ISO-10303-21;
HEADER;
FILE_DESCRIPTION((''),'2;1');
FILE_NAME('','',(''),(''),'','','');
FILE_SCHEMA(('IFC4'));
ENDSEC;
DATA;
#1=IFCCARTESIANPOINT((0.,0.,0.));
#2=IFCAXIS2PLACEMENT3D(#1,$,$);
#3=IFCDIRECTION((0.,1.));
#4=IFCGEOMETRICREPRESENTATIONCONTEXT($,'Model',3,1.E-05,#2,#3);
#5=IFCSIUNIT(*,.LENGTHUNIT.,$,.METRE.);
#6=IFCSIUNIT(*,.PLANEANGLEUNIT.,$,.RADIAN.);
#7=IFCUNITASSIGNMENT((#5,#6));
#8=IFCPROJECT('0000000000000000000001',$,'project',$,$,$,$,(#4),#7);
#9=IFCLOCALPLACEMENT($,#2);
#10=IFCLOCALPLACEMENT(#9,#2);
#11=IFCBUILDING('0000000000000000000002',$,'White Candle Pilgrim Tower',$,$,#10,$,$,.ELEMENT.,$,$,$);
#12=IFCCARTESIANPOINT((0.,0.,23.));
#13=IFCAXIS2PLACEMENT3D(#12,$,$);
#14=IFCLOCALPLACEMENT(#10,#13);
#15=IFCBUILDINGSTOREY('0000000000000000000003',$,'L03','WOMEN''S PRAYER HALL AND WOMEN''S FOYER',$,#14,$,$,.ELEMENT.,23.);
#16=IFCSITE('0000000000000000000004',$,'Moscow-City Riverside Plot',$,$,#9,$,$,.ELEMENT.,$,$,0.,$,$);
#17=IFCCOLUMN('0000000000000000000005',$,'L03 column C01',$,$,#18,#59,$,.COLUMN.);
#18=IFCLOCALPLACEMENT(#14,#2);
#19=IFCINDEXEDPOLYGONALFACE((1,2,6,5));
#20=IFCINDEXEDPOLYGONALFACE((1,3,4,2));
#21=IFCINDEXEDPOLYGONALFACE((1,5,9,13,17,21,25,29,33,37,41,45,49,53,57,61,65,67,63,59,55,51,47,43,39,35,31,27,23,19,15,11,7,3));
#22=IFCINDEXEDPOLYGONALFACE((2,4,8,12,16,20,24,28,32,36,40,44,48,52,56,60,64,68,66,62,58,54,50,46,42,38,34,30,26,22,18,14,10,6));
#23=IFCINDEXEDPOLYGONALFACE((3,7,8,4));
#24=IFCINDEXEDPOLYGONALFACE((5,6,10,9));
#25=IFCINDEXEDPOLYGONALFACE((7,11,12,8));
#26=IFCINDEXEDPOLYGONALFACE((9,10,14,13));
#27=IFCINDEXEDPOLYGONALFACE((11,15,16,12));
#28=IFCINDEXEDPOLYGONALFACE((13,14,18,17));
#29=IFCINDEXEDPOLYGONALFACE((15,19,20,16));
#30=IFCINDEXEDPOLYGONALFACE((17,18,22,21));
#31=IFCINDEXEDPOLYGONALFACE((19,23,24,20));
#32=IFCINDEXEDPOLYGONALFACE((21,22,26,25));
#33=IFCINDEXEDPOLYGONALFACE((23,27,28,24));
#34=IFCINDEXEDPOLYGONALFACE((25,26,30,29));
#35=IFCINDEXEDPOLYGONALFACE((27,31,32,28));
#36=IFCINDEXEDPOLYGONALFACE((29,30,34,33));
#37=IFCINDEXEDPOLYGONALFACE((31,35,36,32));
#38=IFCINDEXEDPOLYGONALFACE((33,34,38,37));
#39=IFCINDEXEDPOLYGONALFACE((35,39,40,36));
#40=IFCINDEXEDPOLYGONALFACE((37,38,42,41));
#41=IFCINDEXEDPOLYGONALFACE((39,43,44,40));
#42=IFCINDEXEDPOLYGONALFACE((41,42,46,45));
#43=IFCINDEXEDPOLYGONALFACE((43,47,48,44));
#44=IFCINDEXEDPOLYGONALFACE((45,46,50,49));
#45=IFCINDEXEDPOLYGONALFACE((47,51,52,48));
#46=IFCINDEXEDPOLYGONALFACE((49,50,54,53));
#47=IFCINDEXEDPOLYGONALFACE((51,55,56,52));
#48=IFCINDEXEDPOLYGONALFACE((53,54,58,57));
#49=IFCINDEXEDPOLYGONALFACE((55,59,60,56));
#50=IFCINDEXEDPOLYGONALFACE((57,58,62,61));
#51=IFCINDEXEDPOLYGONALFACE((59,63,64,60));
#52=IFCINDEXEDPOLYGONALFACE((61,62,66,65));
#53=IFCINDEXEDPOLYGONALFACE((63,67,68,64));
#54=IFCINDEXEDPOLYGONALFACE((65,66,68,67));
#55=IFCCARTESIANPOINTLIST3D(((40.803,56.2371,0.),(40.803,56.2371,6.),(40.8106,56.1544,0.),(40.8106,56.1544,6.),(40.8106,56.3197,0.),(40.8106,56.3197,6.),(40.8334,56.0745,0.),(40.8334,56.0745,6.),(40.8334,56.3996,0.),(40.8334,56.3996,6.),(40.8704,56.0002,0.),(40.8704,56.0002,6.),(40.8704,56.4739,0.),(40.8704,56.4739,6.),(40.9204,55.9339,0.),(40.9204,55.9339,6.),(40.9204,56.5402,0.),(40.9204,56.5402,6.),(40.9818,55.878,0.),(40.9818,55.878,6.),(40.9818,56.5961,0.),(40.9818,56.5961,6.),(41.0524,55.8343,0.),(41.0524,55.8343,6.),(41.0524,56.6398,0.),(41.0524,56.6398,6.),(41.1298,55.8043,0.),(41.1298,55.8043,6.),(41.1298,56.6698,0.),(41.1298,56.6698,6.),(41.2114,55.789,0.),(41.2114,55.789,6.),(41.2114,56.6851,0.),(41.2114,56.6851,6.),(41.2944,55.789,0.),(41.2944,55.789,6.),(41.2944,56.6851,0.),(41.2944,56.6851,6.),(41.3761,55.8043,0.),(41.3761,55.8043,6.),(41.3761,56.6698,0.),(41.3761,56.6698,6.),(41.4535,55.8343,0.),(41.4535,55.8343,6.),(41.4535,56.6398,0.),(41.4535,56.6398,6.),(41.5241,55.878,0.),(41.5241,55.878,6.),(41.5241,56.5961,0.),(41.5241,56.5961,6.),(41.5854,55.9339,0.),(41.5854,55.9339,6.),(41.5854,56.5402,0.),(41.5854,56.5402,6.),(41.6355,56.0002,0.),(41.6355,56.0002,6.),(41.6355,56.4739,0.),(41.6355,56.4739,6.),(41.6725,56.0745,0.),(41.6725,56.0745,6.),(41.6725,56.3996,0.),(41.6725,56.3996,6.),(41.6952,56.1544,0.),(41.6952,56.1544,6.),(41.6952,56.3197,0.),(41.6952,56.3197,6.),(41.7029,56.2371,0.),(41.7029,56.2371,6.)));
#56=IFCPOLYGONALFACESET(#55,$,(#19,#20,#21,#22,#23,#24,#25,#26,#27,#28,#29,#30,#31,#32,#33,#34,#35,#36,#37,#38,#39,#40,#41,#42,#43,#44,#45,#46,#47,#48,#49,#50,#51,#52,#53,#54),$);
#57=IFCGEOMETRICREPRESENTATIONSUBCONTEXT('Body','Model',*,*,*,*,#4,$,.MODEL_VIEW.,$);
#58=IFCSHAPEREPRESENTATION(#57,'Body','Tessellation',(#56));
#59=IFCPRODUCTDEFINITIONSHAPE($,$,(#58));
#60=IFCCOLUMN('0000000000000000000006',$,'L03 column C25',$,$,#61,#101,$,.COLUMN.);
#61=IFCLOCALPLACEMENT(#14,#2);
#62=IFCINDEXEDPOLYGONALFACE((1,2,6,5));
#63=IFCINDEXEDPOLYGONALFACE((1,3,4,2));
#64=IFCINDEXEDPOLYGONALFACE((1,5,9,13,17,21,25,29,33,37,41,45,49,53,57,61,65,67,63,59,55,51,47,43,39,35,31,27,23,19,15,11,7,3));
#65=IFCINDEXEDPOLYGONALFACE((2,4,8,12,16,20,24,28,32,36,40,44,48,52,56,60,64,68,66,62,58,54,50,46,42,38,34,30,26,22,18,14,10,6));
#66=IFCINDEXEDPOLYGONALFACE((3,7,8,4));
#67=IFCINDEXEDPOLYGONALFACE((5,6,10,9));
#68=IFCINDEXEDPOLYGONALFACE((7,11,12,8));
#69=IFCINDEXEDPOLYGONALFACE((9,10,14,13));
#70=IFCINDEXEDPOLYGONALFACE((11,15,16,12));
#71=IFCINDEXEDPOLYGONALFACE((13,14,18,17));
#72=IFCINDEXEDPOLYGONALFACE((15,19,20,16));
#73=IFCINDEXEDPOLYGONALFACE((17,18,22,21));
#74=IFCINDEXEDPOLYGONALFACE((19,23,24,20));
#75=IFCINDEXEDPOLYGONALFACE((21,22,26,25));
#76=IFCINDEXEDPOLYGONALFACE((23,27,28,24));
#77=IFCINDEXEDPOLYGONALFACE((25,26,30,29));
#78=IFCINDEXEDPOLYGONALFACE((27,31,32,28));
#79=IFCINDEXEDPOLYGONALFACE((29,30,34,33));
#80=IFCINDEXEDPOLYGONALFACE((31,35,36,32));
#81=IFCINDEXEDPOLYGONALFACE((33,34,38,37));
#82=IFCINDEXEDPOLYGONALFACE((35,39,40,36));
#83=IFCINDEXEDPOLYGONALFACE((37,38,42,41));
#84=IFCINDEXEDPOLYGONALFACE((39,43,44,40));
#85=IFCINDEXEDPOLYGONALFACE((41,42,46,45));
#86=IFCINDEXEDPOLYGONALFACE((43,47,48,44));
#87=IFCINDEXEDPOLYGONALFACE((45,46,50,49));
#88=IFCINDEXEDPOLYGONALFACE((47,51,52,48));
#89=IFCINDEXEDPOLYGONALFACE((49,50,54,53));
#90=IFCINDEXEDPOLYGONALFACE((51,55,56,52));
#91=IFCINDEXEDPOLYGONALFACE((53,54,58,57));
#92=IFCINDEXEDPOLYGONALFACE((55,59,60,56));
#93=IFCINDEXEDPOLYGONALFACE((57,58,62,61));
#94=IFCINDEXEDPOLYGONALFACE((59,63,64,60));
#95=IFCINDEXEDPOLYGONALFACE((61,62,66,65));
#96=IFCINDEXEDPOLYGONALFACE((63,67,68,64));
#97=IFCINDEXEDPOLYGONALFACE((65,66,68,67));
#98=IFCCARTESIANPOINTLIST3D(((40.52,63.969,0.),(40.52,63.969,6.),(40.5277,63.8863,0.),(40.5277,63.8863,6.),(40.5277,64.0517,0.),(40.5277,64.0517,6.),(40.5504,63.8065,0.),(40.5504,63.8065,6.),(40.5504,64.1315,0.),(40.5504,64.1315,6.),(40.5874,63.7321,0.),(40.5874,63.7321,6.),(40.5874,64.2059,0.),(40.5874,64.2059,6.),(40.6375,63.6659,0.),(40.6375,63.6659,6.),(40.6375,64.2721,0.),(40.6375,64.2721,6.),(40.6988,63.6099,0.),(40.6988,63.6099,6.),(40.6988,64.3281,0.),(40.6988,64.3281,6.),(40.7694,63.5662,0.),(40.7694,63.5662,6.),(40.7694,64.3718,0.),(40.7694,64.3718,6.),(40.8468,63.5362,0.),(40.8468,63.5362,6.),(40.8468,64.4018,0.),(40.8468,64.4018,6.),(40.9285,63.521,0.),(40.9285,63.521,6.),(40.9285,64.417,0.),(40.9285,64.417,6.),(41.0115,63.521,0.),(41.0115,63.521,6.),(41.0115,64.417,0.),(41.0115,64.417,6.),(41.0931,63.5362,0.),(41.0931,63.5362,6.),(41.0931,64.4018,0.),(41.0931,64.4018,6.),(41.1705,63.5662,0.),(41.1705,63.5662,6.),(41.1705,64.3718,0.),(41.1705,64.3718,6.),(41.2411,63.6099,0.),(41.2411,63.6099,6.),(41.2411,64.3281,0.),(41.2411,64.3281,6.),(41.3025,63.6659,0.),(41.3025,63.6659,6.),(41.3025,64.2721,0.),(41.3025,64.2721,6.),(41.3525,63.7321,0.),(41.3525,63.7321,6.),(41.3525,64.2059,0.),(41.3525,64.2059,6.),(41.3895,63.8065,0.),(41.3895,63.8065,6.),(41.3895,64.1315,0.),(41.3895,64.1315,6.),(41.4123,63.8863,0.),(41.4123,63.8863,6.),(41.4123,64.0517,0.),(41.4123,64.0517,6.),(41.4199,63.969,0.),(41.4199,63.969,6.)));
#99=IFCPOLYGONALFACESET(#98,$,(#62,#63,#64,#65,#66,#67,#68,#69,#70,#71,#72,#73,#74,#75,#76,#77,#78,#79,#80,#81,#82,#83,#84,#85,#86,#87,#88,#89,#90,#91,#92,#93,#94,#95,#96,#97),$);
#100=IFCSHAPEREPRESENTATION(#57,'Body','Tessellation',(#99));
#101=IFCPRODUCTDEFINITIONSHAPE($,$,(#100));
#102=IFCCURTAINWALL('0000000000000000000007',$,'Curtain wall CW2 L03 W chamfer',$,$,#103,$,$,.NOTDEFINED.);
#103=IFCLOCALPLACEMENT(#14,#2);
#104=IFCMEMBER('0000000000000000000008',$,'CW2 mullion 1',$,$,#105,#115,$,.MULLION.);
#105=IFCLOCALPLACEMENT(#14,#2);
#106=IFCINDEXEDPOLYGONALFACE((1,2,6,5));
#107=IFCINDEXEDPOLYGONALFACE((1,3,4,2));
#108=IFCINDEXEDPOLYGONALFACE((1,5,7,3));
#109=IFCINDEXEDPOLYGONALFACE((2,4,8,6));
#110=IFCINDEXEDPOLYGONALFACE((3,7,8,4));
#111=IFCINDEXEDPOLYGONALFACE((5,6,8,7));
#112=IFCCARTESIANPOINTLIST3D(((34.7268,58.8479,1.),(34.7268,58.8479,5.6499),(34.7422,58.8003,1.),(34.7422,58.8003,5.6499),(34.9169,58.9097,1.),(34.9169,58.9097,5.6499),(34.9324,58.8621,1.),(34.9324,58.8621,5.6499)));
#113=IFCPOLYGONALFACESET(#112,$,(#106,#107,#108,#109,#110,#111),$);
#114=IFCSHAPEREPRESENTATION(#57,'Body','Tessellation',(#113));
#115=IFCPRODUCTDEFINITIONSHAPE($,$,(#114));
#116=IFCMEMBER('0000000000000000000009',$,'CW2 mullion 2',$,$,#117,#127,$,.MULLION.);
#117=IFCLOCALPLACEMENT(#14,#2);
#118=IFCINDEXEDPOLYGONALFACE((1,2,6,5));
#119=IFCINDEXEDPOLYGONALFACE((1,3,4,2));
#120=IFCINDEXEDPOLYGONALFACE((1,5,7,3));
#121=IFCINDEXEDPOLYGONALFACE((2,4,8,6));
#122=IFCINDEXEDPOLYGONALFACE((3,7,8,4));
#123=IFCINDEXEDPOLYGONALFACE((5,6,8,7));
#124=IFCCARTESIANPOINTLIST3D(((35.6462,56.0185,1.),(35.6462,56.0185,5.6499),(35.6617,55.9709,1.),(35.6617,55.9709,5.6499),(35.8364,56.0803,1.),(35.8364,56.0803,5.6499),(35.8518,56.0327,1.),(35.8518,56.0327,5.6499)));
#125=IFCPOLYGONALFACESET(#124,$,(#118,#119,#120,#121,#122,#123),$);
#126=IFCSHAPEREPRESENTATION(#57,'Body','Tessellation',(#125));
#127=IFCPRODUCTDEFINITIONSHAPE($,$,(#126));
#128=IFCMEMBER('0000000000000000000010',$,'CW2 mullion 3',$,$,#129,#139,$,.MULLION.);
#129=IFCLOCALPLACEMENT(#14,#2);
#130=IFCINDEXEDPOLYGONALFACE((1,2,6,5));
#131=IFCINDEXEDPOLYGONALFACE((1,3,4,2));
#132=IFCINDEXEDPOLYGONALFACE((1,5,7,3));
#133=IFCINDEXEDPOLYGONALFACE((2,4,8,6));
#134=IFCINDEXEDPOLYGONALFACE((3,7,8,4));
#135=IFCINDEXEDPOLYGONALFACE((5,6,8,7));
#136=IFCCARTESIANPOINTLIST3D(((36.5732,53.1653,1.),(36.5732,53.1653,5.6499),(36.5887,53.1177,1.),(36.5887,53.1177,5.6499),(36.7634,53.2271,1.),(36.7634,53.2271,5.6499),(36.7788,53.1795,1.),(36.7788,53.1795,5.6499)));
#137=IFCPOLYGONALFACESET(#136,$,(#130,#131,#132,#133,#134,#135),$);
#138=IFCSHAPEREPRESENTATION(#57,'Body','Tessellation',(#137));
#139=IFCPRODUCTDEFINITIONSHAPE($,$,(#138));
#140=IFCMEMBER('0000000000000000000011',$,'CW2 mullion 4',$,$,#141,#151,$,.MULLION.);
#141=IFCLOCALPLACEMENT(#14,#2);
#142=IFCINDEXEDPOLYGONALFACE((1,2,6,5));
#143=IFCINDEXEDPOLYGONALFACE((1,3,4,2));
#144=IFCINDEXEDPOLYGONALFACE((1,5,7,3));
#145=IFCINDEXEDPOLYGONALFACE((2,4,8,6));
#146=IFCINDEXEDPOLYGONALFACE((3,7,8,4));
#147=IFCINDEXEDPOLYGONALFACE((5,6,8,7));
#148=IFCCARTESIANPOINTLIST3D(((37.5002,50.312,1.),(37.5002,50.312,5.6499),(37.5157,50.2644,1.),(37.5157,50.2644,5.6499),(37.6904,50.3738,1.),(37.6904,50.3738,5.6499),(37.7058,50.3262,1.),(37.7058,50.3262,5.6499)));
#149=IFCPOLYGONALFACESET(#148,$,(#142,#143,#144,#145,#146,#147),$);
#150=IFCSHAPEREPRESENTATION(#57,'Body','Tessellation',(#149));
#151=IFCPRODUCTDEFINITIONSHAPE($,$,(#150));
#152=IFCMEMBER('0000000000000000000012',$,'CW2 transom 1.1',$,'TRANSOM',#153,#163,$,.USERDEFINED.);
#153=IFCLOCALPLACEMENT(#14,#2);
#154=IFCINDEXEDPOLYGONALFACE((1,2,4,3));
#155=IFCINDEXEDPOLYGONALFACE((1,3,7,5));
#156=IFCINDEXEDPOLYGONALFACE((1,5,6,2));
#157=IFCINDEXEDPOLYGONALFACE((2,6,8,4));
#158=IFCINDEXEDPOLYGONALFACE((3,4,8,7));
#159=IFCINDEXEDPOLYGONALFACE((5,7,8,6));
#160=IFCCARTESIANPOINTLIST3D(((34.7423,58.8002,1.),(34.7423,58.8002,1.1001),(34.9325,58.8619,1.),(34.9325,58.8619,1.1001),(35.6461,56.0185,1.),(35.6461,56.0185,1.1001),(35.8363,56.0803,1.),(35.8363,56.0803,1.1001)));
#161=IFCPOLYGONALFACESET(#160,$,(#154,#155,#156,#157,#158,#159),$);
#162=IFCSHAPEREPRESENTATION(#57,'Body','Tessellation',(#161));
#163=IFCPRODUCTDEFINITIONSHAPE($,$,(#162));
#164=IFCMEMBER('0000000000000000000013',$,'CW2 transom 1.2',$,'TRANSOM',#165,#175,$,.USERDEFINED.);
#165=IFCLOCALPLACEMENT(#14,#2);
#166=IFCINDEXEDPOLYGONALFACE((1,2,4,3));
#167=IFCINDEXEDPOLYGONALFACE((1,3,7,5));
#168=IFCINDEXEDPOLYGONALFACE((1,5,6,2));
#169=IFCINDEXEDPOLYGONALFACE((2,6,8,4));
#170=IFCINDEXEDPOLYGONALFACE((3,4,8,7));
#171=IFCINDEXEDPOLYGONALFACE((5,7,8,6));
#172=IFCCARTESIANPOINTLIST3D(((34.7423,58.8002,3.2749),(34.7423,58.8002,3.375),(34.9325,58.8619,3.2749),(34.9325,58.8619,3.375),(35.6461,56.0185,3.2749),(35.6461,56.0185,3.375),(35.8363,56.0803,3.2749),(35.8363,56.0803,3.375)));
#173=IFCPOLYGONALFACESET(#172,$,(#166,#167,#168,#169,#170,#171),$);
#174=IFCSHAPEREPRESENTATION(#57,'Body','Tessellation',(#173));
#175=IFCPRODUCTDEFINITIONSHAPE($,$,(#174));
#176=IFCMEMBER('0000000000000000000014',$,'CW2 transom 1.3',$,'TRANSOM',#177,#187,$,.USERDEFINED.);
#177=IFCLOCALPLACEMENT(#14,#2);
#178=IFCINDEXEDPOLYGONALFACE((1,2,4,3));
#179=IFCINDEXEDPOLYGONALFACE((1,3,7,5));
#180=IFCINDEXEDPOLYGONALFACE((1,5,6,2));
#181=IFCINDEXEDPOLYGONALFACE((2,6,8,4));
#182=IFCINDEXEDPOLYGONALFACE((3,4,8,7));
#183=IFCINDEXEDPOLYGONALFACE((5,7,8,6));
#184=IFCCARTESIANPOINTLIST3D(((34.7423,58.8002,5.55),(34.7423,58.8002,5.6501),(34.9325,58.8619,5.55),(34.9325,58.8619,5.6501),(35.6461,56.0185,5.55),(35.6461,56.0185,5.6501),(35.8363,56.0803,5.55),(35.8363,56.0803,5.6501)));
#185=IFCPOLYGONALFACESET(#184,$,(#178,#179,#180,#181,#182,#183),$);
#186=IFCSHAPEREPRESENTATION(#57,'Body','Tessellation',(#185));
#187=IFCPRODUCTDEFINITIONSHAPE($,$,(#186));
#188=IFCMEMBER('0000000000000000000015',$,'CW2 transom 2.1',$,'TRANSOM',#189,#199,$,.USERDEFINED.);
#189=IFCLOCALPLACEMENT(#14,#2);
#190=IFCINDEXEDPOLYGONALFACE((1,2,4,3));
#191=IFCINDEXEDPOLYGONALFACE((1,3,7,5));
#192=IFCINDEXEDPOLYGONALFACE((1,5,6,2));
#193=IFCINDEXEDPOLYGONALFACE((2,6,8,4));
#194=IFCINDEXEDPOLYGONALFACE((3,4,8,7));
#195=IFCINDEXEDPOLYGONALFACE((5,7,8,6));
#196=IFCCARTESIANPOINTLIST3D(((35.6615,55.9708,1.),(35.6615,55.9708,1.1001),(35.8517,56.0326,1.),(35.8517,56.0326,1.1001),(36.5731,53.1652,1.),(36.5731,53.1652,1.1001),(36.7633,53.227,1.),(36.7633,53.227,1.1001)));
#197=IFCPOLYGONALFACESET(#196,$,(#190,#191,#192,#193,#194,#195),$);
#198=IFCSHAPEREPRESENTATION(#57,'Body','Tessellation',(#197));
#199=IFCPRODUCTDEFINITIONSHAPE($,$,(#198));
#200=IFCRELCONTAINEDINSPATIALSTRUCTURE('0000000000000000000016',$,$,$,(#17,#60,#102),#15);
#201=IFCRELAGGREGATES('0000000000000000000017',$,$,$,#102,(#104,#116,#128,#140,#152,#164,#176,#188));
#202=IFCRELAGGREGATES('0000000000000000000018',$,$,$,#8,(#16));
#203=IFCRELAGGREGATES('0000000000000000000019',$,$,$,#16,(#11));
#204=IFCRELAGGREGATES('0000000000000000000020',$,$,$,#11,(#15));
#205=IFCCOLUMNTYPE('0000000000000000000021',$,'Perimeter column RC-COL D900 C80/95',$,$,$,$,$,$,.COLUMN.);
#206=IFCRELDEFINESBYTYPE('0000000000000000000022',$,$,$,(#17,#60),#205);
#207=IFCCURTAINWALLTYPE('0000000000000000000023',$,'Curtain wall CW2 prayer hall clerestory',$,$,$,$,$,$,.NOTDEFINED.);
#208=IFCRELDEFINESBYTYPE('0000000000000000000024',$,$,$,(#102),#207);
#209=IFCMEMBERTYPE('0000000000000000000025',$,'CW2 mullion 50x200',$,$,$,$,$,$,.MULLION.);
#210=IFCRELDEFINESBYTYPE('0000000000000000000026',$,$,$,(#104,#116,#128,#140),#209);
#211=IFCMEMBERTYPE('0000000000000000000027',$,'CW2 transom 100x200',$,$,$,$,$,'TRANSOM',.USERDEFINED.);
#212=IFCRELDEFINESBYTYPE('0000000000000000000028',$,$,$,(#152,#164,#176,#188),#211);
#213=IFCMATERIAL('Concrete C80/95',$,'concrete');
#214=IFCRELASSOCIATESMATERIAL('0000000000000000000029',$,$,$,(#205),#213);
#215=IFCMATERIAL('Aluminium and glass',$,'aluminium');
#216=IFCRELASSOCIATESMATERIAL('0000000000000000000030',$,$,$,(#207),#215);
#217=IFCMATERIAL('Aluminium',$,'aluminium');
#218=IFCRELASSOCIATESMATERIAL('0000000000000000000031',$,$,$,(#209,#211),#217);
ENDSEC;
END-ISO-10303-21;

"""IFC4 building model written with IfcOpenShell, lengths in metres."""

from ifc_helpers import new_model, si_unit, direction, frame, origin, origin_2d, place, context, subcontext, project, spatial, rectangle, circle, extrude, material, material_profile, profile_set, type_object, element, aggregate, save


model = new_model("IFC4")

# Units and contexts
model_context = context("Model", 3, precision=1e-05, world=origin(), true_north=direction((0.0, 1.0)))
body_context = subcontext(model_context, "Body", "Model", "MODEL_VIEW")
ifc_project = project(units=[si_unit("LENGTHUNIT", "METRE"), si_unit("PLANEANGLEUNIT", "RADIAN")], contexts=[model_context])

# Site, building, storey
site_placement = place(None, origin())
site = spatial("IfcSite", under=ifc_project, at=site_placement, Name="Moscow-City Riverside Plot", CompositionType="ELEMENT", RefElevation=0.0)
building_placement = place(site_placement, origin())
building = spatial("IfcBuilding", under=site, at=building_placement, Name="White Candle Pilgrim Tower", CompositionType="ELEMENT")
storey_placement = place(building_placement, frame((0.0, 0.0, 23.0)))
storey = spatial("IfcBuildingStorey", under=building, at=storey_placement, Name="L03", Description="WOMEN'S PRAYER HALL AND WOMEN'S FOYER", CompositionType="ELEMENT", Elevation=23.0)

# Columns
ifc_material_1 = material(Name="Concrete C80/95", Category="concrete")
ifc_material_profile_1 = material_profile(ifc_material_1, circle(Radius=0.45, at=origin_2d()), Name="RC-COL D900")
ifc_profile_set_1 = profile_set([ifc_material_profile_1], Name="Concrete C80/95")
column_type = type_object("IfcColumnType", Name="Perimeter column RC-COL D900 C80/95", PredefinedType="COLUMN", material=ifc_profile_set_1)
for number, where, z_axis, x_axis, name in (
    (1, (41.2529, 56.2371, 0.0), (0.0, 0.0, 1.0), (1.0, 0.0, 0.0), "L03 column C01"),
    (2, (40.97, 63.969, 0.0), (0.0, 0.0, 1.0), (1.0, 0.0, 0.0), "L03 column C25"),
):
    element("IfcColumn", number, at=place(storey_placement, frame(where, z_axis=z_axis, x_axis=x_axis)), inside=storey, type_object=column_type, Name=name, PredefinedType="COLUMN", context=body_context, shape_type="SweptSolid", body=[
        extrude(circle(Radius=0.45, at=origin_2d()), origin(), (0.0, 0.0, 1.0), 6.0),
    ])

# Curtain wall, members
ifc_material_2 = material(Name="Aluminium and glass", Category="aluminium")
curtain_wall_type = type_object("IfcCurtainWallType", Name="Curtain wall CW2 prayer hall clerestory", PredefinedType="NOTDEFINED", material=ifc_material_2)
curtain_wall_placement = place(storey_placement, origin())
curtain_wall = element("IfcCurtainWall", 3, at=curtain_wall_placement, inside=storey, type_object=curtain_wall_type, Name="Curtain wall CW2 L03 W chamfer", PredefinedType="NOTDEFINED")
ifc_material_3 = material(Name="Aluminium", Category="aluminium")
ifc_material_profile_2 = material_profile(ifc_material_3, rectangle(XDim=0.2, YDim=0.05, at=origin_2d()), Name="CW2 mullion 50x200")
ifc_profile_set_2 = profile_set([ifc_material_profile_2], Name="Aluminium")
member_type_1 = type_object("IfcMemberType", Name="CW2 mullion 50x200", PredefinedType="MULLION", material=ifc_profile_set_2)
member_1_placement = place(storey_placement, frame((34.8296, 58.855, 1.0), z_axis=(0.0, 0.0, 1.0), x_axis=(0.951057, 0.309017, 0.0)))
member_1 = element("IfcMember", 4, at=member_1_placement, type_object=member_type_1, Name="CW2 mullion 1", PredefinedType="MULLION", context=body_context, shape_type="SweptSolid", body=[
    extrude(rectangle(XDim=0.2, YDim=0.05, at=origin_2d()), origin(), (0.0, 0.0, 1.0), 4.6499),
])
member_2_placement = place(storey_placement, frame((35.749, 56.0256, 1.0), z_axis=(0.0, 0.0, 1.0), x_axis=(0.951057, 0.309017, 0.0)))
member_2 = element("IfcMember", 5, at=member_2_placement, type_object=member_type_1, Name="CW2 mullion 2", PredefinedType="MULLION", context=body_context, shape_type="SweptSolid", body=[
    extrude(rectangle(XDim=0.2, YDim=0.05, at=origin_2d()), origin(), (0.0, 0.0, 1.0), 4.6499),
])
member_3_placement = place(storey_placement, frame((36.676, 53.1724, 1.0), z_axis=(0.0, 0.0, 1.0), x_axis=(0.951057, 0.309017, 0.0)))
member_3 = element("IfcMember", 6, at=member_3_placement, type_object=member_type_1, Name="CW2 mullion 3", PredefinedType="MULLION", context=body_context, shape_type="SweptSolid", body=[
    extrude(rectangle(XDim=0.2, YDim=0.05, at=origin_2d()), origin(), (0.0, 0.0, 1.0), 4.6499),
])
member_4_placement = place(storey_placement, frame((37.603, 50.3191, 1.0), z_axis=(0.0, 0.0, 1.0), x_axis=(0.951057, 0.309017, 0.0)))
member_4 = element("IfcMember", 7, at=member_4_placement, type_object=member_type_1, Name="CW2 mullion 4", PredefinedType="MULLION", context=body_context, shape_type="SweptSolid", body=[
    extrude(rectangle(XDim=0.2, YDim=0.05, at=origin_2d()), origin(), (0.0, 0.0, 1.0), 4.6499),
])
ifc_material_profile_3 = material_profile(ifc_material_3, rectangle(XDim=0.2, YDim=0.1001, at=origin_2d()), Name="CW2 transom 100x200")
ifc_profile_set_3 = profile_set([ifc_material_profile_3], Name="Aluminium")
member_type_2 = type_object("IfcMemberType", Name="CW2 transom 100x200", ElementType="TRANSOM", PredefinedType="USERDEFINED", material=ifc_profile_set_3)
member_5_placement = place(storey_placement, frame((34.8374, 58.8311, 1.05), z_axis=(0.309007, -0.95106, 0.0), x_axis=(0.95106, 0.309007, 0.0)))
member_5 = element("IfcMember", 8, at=member_5_placement, type_object=member_type_2, Name="CW2 transom 1.1", ObjectType="TRANSOM", PredefinedType="USERDEFINED", context=body_context, shape_type="SweptSolid", body=[
    extrude(rectangle(XDim=0.2, YDim=0.1001, at=origin_2d()), origin(), (0.0, 0.0, 1.0), 2.9248),
])
member_6_placement = place(storey_placement, frame((34.8374, 58.8311, 3.325), z_axis=(0.309007, -0.95106, 0.0), x_axis=(0.95106, 0.309007, 0.0)))
member_6 = element("IfcMember", 9, at=member_6_placement, type_object=member_type_2, Name="CW2 transom 1.2", ObjectType="TRANSOM", PredefinedType="USERDEFINED", context=body_context, shape_type="SweptSolid", body=[
    extrude(rectangle(XDim=0.2, YDim=0.1001, at=origin_2d()), origin(), (0.0, 0.0, 1.0), 2.9248),
])
member_7_placement = place(storey_placement, frame((34.8374, 58.8311, 5.6001), z_axis=(0.309007, -0.95106, 0.0), x_axis=(0.95106, 0.309007, 0.0)))
member_7 = element("IfcMember", 10, at=member_7_placement, type_object=member_type_2, Name="CW2 transom 1.3", ObjectType="TRANSOM", PredefinedType="USERDEFINED", context=body_context, shape_type="SweptSolid", body=[
    extrude(rectangle(XDim=0.2, YDim=0.1001, at=origin_2d()), origin(), (0.0, 0.0, 1.0), 2.9248),
])
member_8_placement = place(storey_placement, frame((35.7566, 56.0017, 1.05), z_axis=(0.309019, -0.951056, 0.0), x_axis=(0.951056, 0.309019, 0.0)))
member_8 = element("IfcMember", 11, at=member_8_placement, type_object=member_type_2, Name="CW2 transom 2.1", ObjectType="TRANSOM", PredefinedType="USERDEFINED", context=body_context, shape_type="SweptSolid", body=[
    extrude(rectangle(XDim=0.2, YDim=0.1001, at=origin_2d()), origin(), (0.0, 0.0, 1.0), 2.95),
])

aggregate(curtain_wall, [member_1, member_2, member_3, member_4, member_5, member_6, member_7, member_8])

save(model, "model.ifc")
